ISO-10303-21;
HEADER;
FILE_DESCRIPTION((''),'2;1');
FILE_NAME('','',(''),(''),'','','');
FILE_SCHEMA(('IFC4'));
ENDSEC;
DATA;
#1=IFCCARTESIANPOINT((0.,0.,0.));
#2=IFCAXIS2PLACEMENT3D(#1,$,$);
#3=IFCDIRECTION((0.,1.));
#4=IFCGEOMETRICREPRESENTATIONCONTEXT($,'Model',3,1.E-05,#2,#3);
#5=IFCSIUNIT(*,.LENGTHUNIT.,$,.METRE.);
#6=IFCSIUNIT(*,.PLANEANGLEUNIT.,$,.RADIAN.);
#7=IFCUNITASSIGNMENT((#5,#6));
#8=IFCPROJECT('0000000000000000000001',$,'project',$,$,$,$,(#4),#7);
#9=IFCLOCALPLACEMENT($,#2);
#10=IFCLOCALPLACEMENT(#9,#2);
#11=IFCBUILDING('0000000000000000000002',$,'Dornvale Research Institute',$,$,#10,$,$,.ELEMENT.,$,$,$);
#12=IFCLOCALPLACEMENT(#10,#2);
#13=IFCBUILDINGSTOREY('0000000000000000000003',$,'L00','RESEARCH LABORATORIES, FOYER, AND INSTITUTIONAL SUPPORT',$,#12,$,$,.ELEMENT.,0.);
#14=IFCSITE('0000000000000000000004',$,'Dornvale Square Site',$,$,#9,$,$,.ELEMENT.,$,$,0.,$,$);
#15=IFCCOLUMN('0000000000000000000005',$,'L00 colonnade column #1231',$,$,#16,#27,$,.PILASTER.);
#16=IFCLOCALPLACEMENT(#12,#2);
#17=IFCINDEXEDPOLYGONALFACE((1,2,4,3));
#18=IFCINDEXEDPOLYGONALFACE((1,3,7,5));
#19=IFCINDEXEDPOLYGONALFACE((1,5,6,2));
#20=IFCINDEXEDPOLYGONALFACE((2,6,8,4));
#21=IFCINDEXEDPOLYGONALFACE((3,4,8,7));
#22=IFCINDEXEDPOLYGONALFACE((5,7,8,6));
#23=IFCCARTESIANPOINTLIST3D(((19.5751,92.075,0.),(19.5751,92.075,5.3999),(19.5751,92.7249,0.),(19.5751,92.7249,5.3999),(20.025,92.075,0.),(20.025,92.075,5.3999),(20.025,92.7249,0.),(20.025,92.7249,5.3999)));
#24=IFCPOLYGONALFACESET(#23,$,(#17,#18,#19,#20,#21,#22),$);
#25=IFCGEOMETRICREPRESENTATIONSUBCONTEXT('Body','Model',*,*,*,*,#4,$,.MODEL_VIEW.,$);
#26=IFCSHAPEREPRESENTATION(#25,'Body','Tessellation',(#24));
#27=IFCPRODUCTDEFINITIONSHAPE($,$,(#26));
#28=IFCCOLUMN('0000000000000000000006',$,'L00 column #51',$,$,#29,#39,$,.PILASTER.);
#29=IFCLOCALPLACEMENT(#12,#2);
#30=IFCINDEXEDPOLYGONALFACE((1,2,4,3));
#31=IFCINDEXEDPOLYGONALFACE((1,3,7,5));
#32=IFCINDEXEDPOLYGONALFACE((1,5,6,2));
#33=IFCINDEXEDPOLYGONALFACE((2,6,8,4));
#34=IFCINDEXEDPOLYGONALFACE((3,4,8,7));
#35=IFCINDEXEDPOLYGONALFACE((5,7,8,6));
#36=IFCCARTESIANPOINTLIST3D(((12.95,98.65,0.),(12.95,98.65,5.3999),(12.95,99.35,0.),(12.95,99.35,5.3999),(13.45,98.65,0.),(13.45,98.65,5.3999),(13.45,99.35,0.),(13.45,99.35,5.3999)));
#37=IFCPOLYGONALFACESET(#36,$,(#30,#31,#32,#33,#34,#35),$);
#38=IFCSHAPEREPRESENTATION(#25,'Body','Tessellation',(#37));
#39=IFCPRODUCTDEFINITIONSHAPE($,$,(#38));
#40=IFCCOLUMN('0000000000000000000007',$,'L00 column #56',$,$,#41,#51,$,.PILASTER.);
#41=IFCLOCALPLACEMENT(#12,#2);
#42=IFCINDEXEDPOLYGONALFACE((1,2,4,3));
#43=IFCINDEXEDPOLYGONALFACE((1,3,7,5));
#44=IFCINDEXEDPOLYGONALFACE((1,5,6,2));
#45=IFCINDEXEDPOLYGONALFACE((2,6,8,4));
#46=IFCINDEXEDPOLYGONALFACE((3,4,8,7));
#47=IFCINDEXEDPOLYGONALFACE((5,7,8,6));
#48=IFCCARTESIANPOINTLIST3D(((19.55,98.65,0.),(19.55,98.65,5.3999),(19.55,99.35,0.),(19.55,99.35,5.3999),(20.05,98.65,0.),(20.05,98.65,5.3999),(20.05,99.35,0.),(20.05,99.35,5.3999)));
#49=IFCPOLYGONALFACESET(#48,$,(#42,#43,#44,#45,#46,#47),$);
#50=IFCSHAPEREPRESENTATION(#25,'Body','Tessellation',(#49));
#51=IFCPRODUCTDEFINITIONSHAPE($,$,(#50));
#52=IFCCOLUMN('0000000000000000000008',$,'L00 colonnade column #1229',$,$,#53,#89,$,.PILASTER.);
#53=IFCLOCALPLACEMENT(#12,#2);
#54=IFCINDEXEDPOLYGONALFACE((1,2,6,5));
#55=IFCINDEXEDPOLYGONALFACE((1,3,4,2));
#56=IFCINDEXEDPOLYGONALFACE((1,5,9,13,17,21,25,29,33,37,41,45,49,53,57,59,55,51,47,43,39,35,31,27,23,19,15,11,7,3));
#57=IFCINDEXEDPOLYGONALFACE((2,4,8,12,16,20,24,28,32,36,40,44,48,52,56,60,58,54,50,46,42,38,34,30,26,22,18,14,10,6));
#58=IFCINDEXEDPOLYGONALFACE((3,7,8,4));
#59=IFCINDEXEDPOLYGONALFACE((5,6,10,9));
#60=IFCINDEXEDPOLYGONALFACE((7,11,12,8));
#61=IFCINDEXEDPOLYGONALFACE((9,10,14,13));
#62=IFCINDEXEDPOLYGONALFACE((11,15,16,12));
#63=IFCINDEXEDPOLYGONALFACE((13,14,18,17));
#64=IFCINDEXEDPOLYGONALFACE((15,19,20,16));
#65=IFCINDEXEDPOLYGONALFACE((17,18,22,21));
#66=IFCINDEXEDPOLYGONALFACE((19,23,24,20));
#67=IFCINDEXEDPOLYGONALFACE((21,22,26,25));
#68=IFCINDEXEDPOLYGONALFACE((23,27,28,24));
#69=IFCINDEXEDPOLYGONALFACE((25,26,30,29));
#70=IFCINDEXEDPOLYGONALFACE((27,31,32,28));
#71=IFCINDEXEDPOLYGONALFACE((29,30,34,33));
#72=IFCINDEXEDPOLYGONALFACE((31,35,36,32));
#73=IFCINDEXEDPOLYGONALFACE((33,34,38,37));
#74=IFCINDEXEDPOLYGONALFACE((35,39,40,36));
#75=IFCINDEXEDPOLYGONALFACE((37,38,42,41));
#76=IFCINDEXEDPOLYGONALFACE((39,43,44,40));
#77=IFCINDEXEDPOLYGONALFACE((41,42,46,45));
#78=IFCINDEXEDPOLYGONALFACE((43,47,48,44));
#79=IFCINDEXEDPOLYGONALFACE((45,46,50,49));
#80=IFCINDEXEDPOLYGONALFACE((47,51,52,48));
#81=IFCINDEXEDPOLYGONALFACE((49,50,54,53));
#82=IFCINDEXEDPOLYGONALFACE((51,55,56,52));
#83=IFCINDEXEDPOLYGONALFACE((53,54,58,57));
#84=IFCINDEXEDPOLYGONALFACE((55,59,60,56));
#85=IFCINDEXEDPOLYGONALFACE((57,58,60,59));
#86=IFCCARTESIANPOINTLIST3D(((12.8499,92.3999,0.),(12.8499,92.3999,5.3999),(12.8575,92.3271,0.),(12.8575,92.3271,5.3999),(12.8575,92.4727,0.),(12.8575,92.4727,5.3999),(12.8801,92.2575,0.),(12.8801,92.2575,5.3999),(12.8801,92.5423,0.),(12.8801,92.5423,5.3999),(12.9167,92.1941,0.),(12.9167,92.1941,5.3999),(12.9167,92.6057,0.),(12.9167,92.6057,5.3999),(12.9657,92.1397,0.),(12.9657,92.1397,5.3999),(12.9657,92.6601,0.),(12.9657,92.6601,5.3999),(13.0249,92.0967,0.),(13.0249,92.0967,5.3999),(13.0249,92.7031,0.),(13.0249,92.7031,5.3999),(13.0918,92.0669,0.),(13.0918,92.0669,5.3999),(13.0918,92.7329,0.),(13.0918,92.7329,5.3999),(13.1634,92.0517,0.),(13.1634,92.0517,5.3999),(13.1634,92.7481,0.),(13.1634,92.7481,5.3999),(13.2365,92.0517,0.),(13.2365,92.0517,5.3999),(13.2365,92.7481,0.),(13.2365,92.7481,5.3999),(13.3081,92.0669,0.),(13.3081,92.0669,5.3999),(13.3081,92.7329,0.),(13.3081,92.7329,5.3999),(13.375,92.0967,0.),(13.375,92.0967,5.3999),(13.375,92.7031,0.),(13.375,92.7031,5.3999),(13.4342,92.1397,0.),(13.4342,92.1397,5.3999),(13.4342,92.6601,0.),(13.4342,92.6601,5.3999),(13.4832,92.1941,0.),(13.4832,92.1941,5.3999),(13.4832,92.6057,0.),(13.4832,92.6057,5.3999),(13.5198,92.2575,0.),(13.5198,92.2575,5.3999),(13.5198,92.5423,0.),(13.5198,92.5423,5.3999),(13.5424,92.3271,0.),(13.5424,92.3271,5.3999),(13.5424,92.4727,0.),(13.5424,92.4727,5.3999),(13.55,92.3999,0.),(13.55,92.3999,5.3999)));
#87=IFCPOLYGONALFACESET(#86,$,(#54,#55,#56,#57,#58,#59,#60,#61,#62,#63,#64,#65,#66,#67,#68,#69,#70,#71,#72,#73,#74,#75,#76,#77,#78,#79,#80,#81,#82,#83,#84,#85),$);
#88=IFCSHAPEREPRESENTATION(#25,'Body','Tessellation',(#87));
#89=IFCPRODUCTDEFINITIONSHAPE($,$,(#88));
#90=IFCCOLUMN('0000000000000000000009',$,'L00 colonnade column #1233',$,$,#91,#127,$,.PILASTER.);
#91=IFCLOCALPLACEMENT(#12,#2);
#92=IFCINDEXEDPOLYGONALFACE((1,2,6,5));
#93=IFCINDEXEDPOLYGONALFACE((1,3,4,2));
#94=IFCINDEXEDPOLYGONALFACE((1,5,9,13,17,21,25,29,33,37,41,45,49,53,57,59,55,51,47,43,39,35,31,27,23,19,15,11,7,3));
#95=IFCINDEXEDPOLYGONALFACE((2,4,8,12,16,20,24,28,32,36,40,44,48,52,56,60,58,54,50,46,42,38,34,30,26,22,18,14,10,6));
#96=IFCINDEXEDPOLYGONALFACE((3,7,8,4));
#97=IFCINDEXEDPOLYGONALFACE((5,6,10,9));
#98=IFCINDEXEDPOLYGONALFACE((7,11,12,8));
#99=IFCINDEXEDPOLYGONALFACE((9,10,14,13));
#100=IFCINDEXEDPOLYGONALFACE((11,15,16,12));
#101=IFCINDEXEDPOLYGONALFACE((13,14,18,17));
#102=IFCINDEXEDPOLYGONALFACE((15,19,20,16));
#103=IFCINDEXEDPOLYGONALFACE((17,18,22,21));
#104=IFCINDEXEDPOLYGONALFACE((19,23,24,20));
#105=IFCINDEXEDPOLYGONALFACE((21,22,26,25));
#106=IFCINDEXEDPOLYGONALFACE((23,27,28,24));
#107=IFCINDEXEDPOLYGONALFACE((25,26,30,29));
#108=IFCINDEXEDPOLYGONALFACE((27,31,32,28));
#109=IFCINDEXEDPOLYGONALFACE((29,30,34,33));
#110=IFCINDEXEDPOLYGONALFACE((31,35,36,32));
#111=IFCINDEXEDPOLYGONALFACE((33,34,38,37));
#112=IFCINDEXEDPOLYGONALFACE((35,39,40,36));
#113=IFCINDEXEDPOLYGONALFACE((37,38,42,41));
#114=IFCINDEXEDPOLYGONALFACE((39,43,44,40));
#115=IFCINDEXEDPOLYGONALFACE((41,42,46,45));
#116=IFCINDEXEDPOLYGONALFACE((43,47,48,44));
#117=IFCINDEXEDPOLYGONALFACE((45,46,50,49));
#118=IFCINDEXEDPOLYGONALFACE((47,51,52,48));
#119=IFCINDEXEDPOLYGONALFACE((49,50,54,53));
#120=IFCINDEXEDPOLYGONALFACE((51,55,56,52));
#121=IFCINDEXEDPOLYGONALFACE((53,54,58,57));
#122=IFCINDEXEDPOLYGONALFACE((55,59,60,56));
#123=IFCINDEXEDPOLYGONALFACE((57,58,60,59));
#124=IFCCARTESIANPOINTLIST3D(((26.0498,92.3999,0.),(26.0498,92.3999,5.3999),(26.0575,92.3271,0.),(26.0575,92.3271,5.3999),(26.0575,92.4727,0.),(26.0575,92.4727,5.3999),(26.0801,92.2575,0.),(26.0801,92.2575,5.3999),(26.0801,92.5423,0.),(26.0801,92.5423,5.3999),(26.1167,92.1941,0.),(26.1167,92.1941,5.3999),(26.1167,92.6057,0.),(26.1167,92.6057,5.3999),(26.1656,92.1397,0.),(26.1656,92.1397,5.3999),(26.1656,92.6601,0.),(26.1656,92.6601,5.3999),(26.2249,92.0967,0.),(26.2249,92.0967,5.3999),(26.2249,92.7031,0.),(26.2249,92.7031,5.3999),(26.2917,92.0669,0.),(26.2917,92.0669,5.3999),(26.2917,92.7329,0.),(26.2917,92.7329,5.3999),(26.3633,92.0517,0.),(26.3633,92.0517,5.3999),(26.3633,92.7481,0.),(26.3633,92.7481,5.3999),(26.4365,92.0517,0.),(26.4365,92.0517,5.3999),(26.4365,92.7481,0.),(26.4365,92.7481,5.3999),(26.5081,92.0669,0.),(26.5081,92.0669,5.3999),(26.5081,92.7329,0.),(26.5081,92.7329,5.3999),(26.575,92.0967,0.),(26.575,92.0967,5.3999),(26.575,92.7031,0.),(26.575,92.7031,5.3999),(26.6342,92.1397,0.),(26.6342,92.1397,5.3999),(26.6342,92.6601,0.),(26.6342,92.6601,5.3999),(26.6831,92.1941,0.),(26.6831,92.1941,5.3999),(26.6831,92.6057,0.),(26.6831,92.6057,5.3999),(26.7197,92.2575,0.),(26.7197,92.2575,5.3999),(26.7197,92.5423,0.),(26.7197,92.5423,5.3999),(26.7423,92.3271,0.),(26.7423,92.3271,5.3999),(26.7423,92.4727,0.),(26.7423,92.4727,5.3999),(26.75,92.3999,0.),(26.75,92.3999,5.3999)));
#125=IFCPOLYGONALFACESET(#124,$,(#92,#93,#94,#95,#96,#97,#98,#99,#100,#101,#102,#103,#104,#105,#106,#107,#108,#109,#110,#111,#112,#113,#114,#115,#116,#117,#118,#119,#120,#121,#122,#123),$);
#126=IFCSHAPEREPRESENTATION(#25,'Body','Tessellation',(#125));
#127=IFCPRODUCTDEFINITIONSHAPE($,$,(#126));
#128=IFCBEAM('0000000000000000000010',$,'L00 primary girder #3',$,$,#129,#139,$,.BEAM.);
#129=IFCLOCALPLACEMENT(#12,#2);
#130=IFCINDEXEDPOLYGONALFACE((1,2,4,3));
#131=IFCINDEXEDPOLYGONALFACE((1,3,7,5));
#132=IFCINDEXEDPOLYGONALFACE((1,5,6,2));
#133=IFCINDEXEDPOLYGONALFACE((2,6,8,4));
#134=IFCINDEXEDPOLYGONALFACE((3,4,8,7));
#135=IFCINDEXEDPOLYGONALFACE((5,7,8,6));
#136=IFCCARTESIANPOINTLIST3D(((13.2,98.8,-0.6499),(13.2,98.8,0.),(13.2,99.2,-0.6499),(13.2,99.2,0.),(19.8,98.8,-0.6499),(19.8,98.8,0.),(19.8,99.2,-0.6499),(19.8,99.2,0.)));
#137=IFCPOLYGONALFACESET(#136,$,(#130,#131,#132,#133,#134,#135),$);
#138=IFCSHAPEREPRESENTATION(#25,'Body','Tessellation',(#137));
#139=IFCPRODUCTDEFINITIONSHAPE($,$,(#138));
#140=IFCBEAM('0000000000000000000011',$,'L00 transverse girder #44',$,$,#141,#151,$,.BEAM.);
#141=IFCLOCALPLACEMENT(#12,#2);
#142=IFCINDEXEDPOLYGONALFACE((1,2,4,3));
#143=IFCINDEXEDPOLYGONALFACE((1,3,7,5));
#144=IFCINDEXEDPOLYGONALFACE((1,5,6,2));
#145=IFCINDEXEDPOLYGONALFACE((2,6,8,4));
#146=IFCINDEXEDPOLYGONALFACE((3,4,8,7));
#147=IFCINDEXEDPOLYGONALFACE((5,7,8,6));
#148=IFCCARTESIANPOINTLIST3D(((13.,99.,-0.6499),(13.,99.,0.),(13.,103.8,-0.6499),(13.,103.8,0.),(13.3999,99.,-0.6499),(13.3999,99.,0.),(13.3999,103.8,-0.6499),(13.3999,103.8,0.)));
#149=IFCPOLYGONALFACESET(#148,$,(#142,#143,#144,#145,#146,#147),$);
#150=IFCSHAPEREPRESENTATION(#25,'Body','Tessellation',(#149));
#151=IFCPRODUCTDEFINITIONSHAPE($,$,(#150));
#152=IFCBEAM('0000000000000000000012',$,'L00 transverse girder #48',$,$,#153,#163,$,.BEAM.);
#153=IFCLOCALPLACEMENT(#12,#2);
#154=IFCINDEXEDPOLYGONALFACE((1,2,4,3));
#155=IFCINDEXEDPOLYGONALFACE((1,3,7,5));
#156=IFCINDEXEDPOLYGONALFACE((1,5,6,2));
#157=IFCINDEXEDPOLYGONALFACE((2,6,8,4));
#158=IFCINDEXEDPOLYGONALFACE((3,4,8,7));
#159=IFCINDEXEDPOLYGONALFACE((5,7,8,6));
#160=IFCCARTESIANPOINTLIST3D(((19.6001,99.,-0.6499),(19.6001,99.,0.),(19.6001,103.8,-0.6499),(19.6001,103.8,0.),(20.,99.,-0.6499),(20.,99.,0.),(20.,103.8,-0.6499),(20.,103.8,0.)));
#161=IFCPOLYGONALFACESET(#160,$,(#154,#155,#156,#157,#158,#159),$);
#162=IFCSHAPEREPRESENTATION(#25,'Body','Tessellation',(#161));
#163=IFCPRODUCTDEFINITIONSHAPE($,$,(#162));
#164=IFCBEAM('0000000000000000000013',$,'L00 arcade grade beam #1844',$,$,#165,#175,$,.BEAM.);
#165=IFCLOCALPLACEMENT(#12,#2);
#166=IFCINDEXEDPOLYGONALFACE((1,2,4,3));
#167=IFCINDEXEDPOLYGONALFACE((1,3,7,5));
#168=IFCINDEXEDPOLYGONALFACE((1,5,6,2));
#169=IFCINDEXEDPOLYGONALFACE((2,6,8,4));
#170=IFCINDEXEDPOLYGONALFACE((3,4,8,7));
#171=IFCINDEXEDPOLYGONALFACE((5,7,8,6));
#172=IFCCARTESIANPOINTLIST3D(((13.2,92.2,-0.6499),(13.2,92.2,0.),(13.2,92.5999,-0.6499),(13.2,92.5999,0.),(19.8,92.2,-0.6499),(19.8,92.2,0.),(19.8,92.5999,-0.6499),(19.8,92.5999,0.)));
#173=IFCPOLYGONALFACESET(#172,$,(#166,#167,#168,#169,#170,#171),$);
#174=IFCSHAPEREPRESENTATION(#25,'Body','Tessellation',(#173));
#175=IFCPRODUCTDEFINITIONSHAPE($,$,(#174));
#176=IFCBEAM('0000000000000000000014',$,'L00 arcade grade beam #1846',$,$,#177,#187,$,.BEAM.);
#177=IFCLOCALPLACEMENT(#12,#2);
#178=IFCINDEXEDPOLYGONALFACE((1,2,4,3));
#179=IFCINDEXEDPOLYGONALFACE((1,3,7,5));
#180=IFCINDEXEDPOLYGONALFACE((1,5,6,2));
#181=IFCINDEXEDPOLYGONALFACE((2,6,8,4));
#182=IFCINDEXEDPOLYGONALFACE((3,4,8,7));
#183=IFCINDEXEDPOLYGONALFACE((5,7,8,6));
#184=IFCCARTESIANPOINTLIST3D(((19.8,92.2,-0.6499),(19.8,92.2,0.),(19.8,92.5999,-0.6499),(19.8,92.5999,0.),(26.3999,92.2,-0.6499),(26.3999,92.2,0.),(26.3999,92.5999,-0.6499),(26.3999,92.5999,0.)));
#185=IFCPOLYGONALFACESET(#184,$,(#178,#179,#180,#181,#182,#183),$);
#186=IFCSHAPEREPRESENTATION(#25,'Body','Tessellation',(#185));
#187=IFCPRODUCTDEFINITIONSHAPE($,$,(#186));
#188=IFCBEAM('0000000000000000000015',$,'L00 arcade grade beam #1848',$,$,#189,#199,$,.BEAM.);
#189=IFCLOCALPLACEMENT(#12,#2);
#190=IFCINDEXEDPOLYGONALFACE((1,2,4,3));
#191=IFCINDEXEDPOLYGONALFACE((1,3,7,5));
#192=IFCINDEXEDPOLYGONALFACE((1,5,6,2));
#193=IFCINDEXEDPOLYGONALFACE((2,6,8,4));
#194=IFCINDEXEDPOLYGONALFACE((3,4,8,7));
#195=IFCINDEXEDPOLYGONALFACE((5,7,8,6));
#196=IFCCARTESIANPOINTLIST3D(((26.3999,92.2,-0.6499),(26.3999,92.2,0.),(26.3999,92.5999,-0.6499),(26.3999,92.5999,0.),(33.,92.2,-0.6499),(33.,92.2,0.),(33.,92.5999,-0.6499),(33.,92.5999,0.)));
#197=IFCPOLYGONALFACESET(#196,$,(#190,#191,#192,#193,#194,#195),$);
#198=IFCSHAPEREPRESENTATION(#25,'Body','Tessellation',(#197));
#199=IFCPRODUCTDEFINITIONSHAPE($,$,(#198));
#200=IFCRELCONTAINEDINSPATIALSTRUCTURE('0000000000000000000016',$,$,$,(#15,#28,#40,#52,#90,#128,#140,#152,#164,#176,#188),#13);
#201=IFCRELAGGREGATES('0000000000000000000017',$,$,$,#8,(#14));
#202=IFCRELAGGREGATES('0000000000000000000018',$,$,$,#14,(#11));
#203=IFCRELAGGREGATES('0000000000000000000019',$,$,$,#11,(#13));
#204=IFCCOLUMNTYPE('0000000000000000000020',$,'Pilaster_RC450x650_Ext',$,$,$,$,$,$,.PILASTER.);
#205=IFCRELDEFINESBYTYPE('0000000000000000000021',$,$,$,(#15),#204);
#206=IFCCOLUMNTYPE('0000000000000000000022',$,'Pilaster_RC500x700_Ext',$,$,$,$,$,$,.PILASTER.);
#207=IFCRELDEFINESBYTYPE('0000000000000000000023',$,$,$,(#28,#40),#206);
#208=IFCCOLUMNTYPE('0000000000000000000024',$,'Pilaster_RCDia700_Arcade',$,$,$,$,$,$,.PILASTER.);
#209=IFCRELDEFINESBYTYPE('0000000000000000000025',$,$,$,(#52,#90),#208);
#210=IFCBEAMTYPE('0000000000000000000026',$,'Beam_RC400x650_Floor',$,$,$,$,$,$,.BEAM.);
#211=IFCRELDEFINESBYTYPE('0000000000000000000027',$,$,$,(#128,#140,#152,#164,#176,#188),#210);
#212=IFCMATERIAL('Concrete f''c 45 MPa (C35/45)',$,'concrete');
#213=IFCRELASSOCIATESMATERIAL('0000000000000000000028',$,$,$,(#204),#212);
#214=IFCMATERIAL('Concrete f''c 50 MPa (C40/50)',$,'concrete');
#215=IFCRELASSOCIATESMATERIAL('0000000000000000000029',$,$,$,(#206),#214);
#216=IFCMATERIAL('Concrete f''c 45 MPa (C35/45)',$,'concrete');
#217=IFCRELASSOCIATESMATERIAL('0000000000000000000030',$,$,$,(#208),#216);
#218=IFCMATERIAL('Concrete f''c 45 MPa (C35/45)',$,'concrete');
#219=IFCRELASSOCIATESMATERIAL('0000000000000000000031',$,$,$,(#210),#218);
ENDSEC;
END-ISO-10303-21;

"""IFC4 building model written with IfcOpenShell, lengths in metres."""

from ifc_helpers import new_model, si_unit, direction, frame, origin, origin_2d, place, context, subcontext, project, spatial, rectangle, circle, extrude, material, material_profile, profile_set, type_object, element, save


model = new_model("IFC4")

# Units and contexts
model_context = context("Model", 3, precision=1e-05, world=origin(), true_north=direction((0.0, 1.0)))
body_context = subcontext(model_context, "Body", "Model", "MODEL_VIEW")
ifc_project = project(units=[si_unit("LENGTHUNIT", "METRE"), si_unit("PLANEANGLEUNIT", "RADIAN")], contexts=[model_context])

# Site, building, storey
site_placement = place(None, origin())
site = spatial("IfcSite", under=ifc_project, at=site_placement, Name="Dornvale Square Site", CompositionType="ELEMENT", RefElevation=0.0)
building_placement = place(site_placement, origin())
building = spatial("IfcBuilding", under=site, at=building_placement, Name="Dornvale Research Institute", CompositionType="ELEMENT")
storey_placement = place(building_placement, origin())
storey = spatial("IfcBuildingStorey", under=building, at=storey_placement, Name="L00", Description="RESEARCH LABORATORIES, FOYER, AND INSTITUTIONAL SUPPORT", CompositionType="ELEMENT", Elevation=0.0)

# Columns
ifc_material_1 = material(Name="Concrete f'c 45 MPa (C35/45)", Category="concrete")
ifc_material_profile_1 = material_profile(ifc_material_1, rectangle(XDim=0.45, YDim=0.6499, at=origin_2d()), Name="RC 450x650")
ifc_profile_set_1 = profile_set([ifc_material_profile_1], Name="Concrete f'c 45 MPa (C35/45)")
column_type_1 = type_object("IfcColumnType", Name="Pilaster_RC450x650_Ext", PredefinedType="PILASTER", material=ifc_profile_set_1)
column_placement = place(storey_placement, frame((19.8, 92.3999, 0.0), z_axis=(0.0, 0.0, 1.0), x_axis=(1.0, 0.0, 0.0)))
element("IfcColumn", 1, at=column_placement, inside=storey, type_object=column_type_1, Name="L00 colonnade column #1231", PredefinedType="PILASTER", context=body_context, shape_type="SweptSolid", body=[
    extrude(rectangle(XDim=0.45, YDim=0.6499, at=origin_2d()), origin(), (0.0, 0.0, 1.0), 5.3999),
])
ifc_material_2 = material(Name="Concrete f'c 50 MPa (C40/50)", Category="concrete")
ifc_material_profile_2 = material_profile(ifc_material_2, rectangle(XDim=0.5, YDim=0.7, at=origin_2d()), Name="RC 500x700")
ifc_profile_set_2 = profile_set([ifc_material_profile_2], Name="Concrete f'c 50 MPa (C40/50)")
column_type_2 = type_object("IfcColumnType", Name="Pilaster_RC500x700_Ext", PredefinedType="PILASTER", material=ifc_profile_set_2)
for number, where, z_axis, x_axis, name in (
    (2, (13.2, 99.0, 0.0), (0.0, 0.0, 1.0), (1.0, 0.0, 0.0), "L00 column #51"),
    (3, (19.8, 99.0, 0.0), (0.0, 0.0, 1.0), (1.0, 0.0, 0.0), "L00 column #56"),
):
    element("IfcColumn", number, at=place(storey_placement, frame(where, z_axis=z_axis, x_axis=x_axis)), inside=storey, type_object=column_type_2, Name=name, PredefinedType="PILASTER", context=body_context, shape_type="SweptSolid", body=[
        extrude(rectangle(XDim=0.5, YDim=0.7, at=origin_2d()), origin(), (0.0, 0.0, 1.0), 5.3999),
    ])
ifc_material_3 = material(Name="Concrete f'c 45 MPa (C35/45)", Category="concrete")
ifc_material_profile_3 = material_profile(ifc_material_3, circle(Radius=0.3501, at=origin_2d()), Name="RC DIA 700")
ifc_profile_set_3 = profile_set([ifc_material_profile_3], Name="Concrete f'c 45 MPa (C35/45)")
column_type_3 = type_object("IfcColumnType", Name="Pilaster_RCDia700_Arcade", PredefinedType="PILASTER", material=ifc_profile_set_3)
for number, where, z_axis, x_axis, name in (
    (4, (13.2, 92.3999, 0.0), (0.0, 0.0, 1.0), (1.0, 0.0, 0.0), "L00 colonnade column #1229"),
    (5, (26.3999, 92.3999, 0.0), (0.0, 0.0, 1.0), (1.0, 0.0, 0.0), "L00 colonnade column #1233"),
):
    element("IfcColumn", number, at=place(storey_placement, frame(where, z_axis=z_axis, x_axis=x_axis)), inside=storey, type_object=column_type_3, Name=name, PredefinedType="PILASTER", context=body_context, shape_type="SweptSolid", body=[
        extrude(circle(Radius=0.3501, at=origin_2d()), origin(), (0.0, 0.0, 1.0), 5.3999),
    ])

# Beams
ifc_material_4 = material(Name="Concrete f'c 45 MPa (C35/45)", Category="concrete")
ifc_material_profile_4 = material_profile(ifc_material_4, rectangle(XDim=0.3999, YDim=0.6499, at=origin_2d()), Name="RC 400x650")
ifc_profile_set_4 = profile_set([ifc_material_profile_4], Name="Concrete f'c 45 MPa (C35/45)")
beam_type_1 = type_object("IfcBeamType", Name="Beam_RC400x650_Floor", PredefinedType="BEAM", material=ifc_profile_set_4)
beam_1_placement = place(storey_placement, frame((13.2, 99.0, -0.325), z_axis=(1.0, 0.0, 0.0), x_axis=(0.0, 1.0, 0.0)))
element("IfcBeam", 6, at=beam_1_placement, inside=storey, type_object=beam_type_1, Name="L00 primary girder #3", PredefinedType="BEAM", context=body_context, shape_type="SweptSolid", body=[
    extrude(rectangle(XDim=0.3999, YDim=0.6499, at=origin_2d()), origin(), (0.0, 0.0, 1.0), 6.6001),
])
for number, where, z_axis, x_axis, name in (
    (7, (13.2, 99.0, -0.325), (0.0, 1.0, 0.0), (-1.0, 0.0, 0.0), "L00 transverse girder #44"),
    (8, (19.8, 99.0, -0.325), (0.0, 1.0, 0.0), (-1.0, 0.0, 0.0), "L00 transverse girder #48"),
):
    element("IfcBeam", number, at=place(storey_placement, frame(where, z_axis=z_axis, x_axis=x_axis)), inside=storey, type_object=beam_type_1, Name=name, PredefinedType="BEAM", context=body_context, shape_type="SweptSolid", body=[
        extrude(rectangle(XDim=0.3999, YDim=0.6499, at=origin_2d()), origin(), (0.0, 0.0, 1.0), 4.8),
    ])
beam_2_placement = place(storey_placement, frame((13.2, 92.3999, -0.325), z_axis=(1.0, 0.0, 0.0), x_axis=(0.0, 1.0, 0.0)))
element("IfcBeam", 9, at=beam_2_placement, inside=storey, type_object=beam_type_1, Name="L00 arcade grade beam #1844", PredefinedType="BEAM", context=body_context, shape_type="SweptSolid", body=[
    extrude(rectangle(XDim=0.3999, YDim=0.6499, at=origin_2d()), origin(), (0.0, 0.0, 1.0), 6.6001),
])
beam_3_placement = place(storey_placement, frame((19.8, 92.3999, -0.325), z_axis=(1.0, 0.0, 0.0), x_axis=(0.0, 1.0, 0.0)))
element("IfcBeam", 10, at=beam_3_placement, inside=storey, type_object=beam_type_1, Name="L00 arcade grade beam #1846", PredefinedType="BEAM", context=body_context, shape_type="SweptSolid", body=[
    extrude(rectangle(XDim=0.3999, YDim=0.6499, at=origin_2d()), origin(), (0.0, 0.0, 1.0), 6.5999),
])
for number, where, z_axis, x_axis, name in (
    (11, (26.3999, 92.3999, -0.325), (1.0, 0.0, 0.0), (0.0, 1.0, 0.0), "L00 arcade grade beam #1848"),
):
    element("IfcBeam", number, at=place(storey_placement, frame(where, z_axis=z_axis, x_axis=x_axis)), inside=storey, type_object=beam_type_1, Name=name, PredefinedType="BEAM", context=body_context, shape_type="SweptSolid", body=[
        extrude(rectangle(XDim=0.3999, YDim=0.6499, at=origin_2d()), origin(), (0.0, 0.0, 1.0), 6.6001),
    ])

save(model, "model.ifc")
